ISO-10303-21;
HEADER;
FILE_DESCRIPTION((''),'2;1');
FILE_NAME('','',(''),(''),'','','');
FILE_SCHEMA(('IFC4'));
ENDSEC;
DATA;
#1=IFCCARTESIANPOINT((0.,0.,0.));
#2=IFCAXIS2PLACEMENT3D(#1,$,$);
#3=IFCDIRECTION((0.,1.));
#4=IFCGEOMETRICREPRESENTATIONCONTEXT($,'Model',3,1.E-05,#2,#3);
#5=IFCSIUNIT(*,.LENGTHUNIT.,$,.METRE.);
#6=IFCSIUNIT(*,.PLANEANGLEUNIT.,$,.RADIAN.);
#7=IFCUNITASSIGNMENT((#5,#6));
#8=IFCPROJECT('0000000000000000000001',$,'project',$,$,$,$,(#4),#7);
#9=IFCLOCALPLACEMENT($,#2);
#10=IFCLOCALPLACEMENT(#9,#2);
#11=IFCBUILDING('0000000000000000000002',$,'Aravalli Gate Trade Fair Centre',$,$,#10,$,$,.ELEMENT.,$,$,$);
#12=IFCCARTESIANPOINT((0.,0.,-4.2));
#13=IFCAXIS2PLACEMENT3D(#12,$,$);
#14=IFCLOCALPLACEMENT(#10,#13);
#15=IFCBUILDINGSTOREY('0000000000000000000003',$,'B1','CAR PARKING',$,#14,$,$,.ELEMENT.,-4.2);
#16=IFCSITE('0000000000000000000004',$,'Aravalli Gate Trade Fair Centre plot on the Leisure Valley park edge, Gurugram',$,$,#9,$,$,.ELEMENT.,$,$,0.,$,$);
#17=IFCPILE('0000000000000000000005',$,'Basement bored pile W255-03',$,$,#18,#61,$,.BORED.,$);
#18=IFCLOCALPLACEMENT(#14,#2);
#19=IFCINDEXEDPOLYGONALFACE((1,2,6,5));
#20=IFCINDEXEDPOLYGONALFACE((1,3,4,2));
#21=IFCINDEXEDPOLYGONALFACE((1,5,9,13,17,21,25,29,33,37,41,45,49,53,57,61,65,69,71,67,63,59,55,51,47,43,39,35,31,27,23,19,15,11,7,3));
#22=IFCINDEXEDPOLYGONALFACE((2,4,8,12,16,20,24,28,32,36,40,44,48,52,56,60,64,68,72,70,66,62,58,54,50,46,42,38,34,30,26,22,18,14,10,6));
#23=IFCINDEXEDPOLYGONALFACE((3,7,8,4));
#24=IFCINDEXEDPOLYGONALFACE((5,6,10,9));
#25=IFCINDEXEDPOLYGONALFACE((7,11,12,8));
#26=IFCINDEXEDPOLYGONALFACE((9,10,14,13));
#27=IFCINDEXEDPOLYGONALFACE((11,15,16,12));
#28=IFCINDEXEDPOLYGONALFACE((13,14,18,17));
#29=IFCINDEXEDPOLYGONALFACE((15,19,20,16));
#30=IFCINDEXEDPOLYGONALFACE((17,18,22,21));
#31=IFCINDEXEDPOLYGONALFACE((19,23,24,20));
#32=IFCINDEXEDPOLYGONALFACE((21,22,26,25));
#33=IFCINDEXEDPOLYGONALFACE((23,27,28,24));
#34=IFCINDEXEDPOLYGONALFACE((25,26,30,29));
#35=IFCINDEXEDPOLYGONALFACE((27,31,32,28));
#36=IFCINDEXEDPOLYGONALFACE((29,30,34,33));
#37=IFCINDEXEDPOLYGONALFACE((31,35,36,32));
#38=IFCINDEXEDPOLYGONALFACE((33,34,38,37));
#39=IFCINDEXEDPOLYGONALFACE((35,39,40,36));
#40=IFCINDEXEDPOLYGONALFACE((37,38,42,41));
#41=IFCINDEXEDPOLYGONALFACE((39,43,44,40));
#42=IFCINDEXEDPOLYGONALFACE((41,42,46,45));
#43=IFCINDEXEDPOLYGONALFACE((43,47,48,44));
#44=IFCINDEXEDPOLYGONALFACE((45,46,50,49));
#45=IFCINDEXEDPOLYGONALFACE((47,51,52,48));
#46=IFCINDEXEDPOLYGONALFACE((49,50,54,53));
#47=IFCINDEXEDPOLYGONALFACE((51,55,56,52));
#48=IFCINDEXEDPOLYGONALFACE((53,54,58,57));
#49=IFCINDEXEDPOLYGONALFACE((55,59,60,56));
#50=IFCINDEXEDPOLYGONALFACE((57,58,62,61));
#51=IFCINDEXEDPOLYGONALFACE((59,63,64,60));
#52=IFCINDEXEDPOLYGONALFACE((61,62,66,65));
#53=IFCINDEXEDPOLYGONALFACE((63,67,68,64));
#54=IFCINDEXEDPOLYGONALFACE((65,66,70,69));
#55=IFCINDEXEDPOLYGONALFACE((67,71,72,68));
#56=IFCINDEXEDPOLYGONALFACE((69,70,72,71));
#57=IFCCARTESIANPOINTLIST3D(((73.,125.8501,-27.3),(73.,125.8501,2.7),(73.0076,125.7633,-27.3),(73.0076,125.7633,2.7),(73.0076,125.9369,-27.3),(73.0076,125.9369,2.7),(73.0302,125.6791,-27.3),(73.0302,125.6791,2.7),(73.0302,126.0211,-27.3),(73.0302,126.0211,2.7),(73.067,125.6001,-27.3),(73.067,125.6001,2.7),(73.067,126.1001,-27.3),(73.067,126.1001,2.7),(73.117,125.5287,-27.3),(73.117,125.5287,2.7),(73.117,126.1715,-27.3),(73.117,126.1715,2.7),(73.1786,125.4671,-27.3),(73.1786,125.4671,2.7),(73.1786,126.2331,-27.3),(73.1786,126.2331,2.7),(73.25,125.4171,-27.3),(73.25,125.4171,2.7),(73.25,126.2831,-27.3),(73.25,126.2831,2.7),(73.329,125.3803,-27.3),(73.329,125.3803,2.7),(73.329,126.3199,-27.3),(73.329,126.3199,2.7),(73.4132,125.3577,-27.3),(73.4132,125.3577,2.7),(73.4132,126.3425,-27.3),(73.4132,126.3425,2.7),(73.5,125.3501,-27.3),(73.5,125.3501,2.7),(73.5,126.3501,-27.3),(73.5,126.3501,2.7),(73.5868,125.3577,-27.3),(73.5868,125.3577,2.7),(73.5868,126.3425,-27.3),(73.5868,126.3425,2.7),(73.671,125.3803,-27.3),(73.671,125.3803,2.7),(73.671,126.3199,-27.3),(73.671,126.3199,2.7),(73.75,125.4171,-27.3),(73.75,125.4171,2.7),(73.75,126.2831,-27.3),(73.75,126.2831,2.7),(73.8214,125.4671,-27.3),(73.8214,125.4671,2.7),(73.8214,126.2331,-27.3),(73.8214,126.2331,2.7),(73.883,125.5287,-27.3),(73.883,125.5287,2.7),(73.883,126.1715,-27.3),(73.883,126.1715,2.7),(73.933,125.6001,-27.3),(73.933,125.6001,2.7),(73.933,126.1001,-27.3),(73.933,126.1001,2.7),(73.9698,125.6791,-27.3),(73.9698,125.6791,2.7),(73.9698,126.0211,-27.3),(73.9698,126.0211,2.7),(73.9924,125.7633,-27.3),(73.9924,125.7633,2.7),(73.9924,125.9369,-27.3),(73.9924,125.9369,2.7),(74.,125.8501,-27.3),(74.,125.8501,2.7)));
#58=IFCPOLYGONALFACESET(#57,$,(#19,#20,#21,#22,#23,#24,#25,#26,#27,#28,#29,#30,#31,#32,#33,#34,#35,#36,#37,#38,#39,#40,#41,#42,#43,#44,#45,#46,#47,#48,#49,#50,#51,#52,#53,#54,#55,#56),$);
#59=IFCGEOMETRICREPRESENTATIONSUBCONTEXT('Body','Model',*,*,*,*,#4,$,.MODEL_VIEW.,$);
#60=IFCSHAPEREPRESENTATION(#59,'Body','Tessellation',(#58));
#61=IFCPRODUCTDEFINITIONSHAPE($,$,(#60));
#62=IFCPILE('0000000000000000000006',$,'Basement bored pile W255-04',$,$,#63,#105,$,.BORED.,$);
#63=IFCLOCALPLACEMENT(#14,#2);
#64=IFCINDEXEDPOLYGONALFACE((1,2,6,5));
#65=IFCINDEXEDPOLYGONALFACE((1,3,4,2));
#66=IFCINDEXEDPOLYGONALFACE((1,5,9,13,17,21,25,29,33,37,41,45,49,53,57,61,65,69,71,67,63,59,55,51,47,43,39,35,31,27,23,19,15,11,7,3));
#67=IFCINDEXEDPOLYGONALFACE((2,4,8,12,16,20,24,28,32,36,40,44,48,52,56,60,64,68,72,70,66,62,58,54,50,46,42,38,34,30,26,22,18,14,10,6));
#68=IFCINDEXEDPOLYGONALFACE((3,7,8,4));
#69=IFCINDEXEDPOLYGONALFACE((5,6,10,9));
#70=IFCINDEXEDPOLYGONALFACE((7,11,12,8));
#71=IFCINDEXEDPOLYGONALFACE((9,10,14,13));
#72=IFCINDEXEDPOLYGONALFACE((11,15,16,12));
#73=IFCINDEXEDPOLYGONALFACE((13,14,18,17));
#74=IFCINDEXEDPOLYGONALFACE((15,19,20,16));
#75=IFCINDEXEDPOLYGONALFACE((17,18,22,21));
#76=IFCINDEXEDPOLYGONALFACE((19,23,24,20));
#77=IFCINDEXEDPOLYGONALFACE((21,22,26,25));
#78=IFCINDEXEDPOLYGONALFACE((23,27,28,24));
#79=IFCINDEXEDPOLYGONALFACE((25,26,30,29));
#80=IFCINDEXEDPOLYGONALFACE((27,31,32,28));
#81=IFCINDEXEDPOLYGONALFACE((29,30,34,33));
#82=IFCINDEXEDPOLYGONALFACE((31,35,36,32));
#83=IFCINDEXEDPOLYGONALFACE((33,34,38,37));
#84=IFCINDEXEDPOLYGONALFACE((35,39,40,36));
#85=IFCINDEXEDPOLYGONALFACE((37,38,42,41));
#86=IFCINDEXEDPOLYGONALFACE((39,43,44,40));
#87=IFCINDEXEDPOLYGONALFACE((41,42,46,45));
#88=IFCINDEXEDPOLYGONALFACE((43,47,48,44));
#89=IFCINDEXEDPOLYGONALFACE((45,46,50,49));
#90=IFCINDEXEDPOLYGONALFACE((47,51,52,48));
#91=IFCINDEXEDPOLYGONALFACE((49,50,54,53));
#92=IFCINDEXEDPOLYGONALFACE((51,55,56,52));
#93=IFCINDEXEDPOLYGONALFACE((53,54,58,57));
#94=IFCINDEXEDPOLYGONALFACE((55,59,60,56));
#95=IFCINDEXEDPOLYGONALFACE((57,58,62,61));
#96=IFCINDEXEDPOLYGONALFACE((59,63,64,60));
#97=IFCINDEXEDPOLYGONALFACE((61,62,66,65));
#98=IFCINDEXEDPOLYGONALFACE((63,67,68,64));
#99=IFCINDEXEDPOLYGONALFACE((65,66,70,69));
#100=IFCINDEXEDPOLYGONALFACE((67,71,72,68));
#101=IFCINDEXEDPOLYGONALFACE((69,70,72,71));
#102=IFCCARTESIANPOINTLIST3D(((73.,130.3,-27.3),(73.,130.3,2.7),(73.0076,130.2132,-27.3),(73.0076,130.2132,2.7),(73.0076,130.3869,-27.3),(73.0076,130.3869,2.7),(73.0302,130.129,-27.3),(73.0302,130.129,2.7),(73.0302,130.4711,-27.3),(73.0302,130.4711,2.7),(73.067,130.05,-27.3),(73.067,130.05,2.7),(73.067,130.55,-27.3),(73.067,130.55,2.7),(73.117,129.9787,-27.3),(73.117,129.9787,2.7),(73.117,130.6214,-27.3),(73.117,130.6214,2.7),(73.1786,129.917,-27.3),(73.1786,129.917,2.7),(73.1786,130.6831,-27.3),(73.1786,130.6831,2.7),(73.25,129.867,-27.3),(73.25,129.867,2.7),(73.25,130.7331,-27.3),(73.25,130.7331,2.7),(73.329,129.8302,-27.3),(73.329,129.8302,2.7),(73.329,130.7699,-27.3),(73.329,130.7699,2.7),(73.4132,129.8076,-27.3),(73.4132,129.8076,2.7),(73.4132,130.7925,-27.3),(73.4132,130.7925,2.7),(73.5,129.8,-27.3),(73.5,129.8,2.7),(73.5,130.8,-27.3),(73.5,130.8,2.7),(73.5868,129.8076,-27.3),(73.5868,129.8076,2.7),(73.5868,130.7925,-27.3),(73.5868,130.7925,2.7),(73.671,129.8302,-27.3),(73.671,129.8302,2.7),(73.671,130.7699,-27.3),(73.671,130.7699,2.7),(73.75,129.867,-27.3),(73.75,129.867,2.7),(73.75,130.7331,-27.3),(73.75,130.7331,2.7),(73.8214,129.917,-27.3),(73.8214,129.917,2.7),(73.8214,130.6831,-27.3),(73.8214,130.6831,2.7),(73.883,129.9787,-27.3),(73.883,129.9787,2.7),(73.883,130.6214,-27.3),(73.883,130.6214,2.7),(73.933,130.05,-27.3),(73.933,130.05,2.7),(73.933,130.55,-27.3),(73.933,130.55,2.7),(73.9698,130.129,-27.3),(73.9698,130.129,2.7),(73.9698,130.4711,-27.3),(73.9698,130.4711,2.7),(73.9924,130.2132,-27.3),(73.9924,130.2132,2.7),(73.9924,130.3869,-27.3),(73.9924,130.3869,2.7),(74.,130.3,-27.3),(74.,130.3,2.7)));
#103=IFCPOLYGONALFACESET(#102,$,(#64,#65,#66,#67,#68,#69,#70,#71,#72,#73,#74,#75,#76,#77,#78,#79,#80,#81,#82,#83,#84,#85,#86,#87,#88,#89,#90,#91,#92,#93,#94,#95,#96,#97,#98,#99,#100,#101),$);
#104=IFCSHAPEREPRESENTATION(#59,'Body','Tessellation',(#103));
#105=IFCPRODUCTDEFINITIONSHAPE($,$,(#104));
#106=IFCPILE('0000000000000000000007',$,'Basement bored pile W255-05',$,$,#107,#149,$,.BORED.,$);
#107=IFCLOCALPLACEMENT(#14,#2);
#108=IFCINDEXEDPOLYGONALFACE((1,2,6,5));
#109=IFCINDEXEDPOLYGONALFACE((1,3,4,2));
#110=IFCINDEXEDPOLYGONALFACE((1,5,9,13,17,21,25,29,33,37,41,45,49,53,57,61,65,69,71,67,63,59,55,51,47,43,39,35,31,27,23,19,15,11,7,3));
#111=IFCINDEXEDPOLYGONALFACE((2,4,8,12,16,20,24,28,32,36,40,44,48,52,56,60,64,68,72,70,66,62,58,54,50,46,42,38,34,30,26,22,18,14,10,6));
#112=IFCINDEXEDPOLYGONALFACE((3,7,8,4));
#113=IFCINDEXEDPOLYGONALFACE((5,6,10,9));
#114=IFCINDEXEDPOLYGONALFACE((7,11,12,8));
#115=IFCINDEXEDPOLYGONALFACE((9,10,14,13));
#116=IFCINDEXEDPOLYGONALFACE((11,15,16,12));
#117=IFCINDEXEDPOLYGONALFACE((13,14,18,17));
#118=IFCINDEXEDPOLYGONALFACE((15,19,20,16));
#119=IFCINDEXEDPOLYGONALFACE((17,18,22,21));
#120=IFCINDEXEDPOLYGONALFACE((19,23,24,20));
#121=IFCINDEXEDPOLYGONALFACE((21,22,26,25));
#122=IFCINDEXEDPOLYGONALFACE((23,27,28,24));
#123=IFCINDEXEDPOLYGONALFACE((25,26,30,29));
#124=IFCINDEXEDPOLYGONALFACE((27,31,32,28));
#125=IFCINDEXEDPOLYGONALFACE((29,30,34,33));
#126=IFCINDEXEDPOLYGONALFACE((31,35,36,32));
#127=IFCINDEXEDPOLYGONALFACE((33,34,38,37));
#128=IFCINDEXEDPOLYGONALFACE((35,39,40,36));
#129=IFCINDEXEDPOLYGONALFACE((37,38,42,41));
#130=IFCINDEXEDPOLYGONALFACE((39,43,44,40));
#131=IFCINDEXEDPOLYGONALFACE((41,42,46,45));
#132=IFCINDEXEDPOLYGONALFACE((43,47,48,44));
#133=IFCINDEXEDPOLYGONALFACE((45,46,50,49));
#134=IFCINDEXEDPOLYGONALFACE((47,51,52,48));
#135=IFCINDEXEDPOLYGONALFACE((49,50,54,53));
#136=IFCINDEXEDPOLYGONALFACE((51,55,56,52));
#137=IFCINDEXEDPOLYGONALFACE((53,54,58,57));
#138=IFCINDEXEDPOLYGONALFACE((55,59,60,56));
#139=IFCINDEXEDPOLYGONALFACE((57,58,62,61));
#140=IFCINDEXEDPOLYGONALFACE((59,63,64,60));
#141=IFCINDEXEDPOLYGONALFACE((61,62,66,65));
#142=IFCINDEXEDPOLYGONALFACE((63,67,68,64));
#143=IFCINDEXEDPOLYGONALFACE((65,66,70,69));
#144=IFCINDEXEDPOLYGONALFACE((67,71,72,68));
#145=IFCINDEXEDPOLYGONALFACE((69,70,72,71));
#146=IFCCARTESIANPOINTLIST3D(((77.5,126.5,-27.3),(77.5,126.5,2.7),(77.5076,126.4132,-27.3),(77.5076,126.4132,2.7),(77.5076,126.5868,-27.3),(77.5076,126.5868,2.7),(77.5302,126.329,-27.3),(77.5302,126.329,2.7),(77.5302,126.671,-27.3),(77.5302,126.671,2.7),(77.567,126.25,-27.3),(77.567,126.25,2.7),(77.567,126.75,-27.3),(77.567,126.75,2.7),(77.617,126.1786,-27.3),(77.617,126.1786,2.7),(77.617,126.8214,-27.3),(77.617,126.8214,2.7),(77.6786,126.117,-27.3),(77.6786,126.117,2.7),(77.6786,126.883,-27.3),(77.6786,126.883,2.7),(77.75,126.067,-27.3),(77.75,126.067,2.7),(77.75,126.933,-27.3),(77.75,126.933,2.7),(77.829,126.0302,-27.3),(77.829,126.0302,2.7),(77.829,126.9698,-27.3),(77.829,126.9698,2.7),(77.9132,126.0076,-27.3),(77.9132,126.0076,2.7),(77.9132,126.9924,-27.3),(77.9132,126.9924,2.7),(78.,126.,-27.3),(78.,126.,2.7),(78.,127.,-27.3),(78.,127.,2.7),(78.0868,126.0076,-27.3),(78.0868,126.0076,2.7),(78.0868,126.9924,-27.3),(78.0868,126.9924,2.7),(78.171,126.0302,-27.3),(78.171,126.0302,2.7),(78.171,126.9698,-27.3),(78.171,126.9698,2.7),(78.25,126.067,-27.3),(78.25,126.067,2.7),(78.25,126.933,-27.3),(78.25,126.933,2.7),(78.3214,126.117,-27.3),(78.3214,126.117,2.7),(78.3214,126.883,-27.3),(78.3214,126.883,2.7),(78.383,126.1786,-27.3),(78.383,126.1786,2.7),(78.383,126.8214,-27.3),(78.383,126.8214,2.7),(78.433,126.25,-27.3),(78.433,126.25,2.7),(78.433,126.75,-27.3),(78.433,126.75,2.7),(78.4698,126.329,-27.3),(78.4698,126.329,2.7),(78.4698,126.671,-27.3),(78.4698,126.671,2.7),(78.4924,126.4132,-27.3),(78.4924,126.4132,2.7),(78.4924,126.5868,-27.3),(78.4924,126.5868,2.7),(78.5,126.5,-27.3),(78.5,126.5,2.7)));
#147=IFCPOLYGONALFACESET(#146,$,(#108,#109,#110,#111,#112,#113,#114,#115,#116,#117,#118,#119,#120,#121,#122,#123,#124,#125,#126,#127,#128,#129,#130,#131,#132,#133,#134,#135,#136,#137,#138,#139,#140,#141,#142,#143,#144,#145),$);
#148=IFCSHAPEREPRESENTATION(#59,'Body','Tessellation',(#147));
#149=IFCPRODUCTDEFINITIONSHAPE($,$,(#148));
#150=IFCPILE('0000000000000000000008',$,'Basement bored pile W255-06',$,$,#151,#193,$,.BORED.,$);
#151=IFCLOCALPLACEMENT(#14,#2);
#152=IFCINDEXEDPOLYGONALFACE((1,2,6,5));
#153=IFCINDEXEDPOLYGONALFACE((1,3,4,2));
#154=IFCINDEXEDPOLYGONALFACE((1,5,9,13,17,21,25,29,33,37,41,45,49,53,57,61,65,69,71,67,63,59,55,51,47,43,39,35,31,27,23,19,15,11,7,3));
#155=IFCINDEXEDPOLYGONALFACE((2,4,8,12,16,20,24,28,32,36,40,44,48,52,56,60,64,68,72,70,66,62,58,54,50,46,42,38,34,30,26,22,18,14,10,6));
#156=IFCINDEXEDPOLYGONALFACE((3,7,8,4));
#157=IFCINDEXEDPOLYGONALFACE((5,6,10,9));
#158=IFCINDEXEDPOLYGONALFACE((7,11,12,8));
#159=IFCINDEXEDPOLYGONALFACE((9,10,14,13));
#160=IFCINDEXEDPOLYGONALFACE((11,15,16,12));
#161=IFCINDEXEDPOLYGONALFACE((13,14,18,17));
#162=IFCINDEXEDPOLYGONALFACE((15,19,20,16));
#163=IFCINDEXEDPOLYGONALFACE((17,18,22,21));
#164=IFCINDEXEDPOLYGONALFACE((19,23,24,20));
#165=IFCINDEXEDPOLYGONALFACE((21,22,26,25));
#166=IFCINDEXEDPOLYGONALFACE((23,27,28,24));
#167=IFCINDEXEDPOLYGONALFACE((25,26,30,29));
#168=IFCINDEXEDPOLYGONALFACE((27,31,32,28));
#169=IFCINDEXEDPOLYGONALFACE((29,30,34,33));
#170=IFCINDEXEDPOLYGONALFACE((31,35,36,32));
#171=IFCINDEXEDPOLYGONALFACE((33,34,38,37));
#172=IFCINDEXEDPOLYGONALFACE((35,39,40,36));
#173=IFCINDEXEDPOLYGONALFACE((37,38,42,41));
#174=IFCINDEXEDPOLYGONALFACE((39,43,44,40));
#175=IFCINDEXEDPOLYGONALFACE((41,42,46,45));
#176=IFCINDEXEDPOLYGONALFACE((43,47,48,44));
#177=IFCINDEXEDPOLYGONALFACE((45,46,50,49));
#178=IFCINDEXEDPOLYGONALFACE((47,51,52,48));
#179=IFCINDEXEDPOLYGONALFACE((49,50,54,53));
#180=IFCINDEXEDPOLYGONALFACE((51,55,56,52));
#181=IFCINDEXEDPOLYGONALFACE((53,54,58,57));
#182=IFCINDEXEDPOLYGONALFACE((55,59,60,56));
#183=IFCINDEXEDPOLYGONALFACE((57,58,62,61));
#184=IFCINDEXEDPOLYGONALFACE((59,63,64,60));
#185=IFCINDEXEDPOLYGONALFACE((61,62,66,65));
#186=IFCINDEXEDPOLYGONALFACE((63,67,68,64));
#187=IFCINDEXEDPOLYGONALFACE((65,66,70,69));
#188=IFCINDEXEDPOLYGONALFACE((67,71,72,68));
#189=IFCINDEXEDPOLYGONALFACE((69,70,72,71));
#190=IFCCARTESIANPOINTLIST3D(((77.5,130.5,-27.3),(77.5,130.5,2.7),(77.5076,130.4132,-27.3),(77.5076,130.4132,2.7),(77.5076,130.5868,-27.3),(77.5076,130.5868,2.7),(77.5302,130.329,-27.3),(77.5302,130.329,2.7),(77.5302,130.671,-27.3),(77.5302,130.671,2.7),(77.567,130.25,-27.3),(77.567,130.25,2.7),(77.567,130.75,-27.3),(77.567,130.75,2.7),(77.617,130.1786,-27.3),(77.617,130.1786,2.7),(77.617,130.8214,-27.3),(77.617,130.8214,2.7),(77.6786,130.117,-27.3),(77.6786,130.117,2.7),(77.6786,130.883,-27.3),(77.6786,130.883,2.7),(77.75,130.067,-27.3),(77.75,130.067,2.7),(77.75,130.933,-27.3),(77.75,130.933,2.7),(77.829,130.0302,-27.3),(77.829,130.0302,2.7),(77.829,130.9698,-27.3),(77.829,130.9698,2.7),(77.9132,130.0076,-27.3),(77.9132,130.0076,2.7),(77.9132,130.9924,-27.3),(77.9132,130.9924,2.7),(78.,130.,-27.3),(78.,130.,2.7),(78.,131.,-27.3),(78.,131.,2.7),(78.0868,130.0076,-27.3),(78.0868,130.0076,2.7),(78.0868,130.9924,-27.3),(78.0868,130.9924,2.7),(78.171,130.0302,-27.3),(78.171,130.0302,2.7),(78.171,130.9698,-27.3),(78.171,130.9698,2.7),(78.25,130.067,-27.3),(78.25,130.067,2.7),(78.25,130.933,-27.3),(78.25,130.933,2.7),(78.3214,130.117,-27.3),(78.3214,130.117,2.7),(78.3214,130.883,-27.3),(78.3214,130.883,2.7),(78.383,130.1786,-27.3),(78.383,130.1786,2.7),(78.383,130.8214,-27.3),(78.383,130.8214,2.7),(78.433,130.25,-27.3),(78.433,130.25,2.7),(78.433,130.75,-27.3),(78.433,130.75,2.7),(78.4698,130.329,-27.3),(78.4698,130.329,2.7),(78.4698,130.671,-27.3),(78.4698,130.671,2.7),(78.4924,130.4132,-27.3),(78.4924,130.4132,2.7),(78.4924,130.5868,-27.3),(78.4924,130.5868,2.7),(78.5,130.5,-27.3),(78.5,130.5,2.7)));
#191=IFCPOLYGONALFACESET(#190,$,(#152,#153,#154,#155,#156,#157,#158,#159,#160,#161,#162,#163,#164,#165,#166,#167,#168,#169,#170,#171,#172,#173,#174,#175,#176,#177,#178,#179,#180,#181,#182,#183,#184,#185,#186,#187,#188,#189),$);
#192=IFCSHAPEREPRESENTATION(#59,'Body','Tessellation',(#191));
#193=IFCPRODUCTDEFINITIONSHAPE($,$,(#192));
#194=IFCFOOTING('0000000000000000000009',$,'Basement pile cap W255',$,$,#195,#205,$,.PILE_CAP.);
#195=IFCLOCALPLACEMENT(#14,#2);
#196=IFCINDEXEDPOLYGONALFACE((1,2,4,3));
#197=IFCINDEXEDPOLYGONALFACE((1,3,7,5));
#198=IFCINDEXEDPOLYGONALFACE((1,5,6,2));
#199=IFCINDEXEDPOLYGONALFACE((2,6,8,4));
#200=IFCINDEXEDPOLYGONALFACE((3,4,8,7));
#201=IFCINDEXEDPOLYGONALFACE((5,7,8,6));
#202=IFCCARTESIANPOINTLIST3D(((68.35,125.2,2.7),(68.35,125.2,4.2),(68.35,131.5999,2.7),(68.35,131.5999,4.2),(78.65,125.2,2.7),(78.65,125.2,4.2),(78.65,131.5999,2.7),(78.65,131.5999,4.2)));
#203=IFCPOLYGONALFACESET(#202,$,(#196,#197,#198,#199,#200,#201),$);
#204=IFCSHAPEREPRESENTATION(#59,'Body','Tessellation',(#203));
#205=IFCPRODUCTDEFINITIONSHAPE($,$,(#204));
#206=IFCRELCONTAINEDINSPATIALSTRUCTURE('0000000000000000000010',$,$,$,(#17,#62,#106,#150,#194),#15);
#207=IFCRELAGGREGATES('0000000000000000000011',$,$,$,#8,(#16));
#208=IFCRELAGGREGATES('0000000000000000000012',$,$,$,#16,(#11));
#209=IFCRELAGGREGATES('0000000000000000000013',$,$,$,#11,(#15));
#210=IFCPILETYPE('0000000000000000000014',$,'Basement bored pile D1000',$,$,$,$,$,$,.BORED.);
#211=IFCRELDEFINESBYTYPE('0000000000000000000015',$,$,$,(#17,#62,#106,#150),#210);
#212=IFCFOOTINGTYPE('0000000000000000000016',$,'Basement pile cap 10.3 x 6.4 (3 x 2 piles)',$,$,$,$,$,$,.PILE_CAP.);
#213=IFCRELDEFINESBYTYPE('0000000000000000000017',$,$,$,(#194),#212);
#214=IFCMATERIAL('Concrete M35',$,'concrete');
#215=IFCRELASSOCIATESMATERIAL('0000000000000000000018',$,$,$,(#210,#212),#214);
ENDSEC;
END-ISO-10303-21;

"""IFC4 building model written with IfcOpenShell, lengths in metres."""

from ifc_helpers import new_model, si_unit, direction, frame, origin, origin_2d, place, context, subcontext, project, spatial, rectangle, circle, extrude, material, material_profile, profile_set, type_object, element, save


model = new_model("IFC4")

# Units and contexts
model_context = context("Model", 3, precision=1e-05, world=origin(), true_north=direction((0.0, 1.0)))
body_context = subcontext(model_context, "Body", "Model", "MODEL_VIEW")
ifc_project = project(units=[si_unit("LENGTHUNIT", "METRE"), si_unit("PLANEANGLEUNIT", "RADIAN")], contexts=[model_context])

# Site, building, storey
site_placement = place(None, origin())
site = spatial("IfcSite", under=ifc_project, at=site_placement, Name="Aravalli Gate Trade Fair Centre plot on the Leisure Valley park edge, Gurugram", CompositionType="ELEMENT", RefElevation=0.0)
building_placement = place(site_placement, origin())
building = spatial("IfcBuilding", under=site, at=building_placement, Name="Aravalli Gate Trade Fair Centre", CompositionType="ELEMENT")
storey_placement = place(building_placement, frame((0.0, 0.0, -4.2)))
storey = spatial("IfcBuildingStorey", under=building, at=storey_placement, Name="B1", Description="CAR PARKING", CompositionType="ELEMENT", Elevation=-4.2)

# Piles
ifc_material_1 = material(Name="Concrete M35", Category="concrete")
ifc_material_profile_1 = material_profile(ifc_material_1, circle(Radius=0.5, at=origin_2d()), Name="D1000")
ifc_profile_set_1 = profile_set([ifc_material_profile_1], Name="Concrete M35")
pile_type = type_object("IfcPileType", Name="Basement bored pile D1000", PredefinedType="BORED", material=ifc_profile_set_1)
for number, where, z_axis, x_axis, name in (
    (1, (73.5, 125.8501, 2.7), (0.0, 0.0, -1.0), (1.0, 0.0, 0.0), "Basement bored pile W255-03"),
    (2, (73.5, 130.3, 2.7), (0.0, 0.0, -1.0), (1.0, 0.0, 0.0), "Basement bored pile W255-04"),
    (3, (78.0, 126.5, 2.7), (0.0, 0.0, -1.0), (1.0, 0.0, 0.0), "Basement bored pile W255-05"),
    (4, (78.0, 130.5, 2.7), (0.0, 0.0, -1.0), (1.0, 0.0, 0.0), "Basement bored pile W255-06"),
):
    element("IfcPile", number, at=place(storey_placement, frame(where, z_axis=z_axis, x_axis=x_axis)), inside=storey, type_object=pile_type, Name=name, PredefinedType="BORED", context=body_context, shape_type="SweptSolid", body=[
        extrude(circle(Radius=0.5, at=origin_2d()), origin(), (0.0, 0.0, 1.0), 30.0),
    ])

# Footing
footing_type = type_object("IfcFootingType", Name="Basement pile cap 10.3 x 6.4 (3 x 2 piles)", PredefinedType="PILE_CAP", material=ifc_material_1)
footing_placement = place(storey_placement, frame((73.5, 128.3999, 2.7), z_axis=(0.0, 0.0, 1.0), x_axis=(1.0, 0.0, 0.0)))
element("IfcFooting", 5, at=footing_placement, inside=storey, type_object=footing_type, Name="Basement pile cap W255", PredefinedType="PILE_CAP", context=body_context, shape_type="SweptSolid", body=[
    extrude(rectangle(XDim=10.3, YDim=6.3999, at=origin_2d()), origin(), (0.0, 0.0, 1.0), 1.5),
])

save(model, "model.ifc")
